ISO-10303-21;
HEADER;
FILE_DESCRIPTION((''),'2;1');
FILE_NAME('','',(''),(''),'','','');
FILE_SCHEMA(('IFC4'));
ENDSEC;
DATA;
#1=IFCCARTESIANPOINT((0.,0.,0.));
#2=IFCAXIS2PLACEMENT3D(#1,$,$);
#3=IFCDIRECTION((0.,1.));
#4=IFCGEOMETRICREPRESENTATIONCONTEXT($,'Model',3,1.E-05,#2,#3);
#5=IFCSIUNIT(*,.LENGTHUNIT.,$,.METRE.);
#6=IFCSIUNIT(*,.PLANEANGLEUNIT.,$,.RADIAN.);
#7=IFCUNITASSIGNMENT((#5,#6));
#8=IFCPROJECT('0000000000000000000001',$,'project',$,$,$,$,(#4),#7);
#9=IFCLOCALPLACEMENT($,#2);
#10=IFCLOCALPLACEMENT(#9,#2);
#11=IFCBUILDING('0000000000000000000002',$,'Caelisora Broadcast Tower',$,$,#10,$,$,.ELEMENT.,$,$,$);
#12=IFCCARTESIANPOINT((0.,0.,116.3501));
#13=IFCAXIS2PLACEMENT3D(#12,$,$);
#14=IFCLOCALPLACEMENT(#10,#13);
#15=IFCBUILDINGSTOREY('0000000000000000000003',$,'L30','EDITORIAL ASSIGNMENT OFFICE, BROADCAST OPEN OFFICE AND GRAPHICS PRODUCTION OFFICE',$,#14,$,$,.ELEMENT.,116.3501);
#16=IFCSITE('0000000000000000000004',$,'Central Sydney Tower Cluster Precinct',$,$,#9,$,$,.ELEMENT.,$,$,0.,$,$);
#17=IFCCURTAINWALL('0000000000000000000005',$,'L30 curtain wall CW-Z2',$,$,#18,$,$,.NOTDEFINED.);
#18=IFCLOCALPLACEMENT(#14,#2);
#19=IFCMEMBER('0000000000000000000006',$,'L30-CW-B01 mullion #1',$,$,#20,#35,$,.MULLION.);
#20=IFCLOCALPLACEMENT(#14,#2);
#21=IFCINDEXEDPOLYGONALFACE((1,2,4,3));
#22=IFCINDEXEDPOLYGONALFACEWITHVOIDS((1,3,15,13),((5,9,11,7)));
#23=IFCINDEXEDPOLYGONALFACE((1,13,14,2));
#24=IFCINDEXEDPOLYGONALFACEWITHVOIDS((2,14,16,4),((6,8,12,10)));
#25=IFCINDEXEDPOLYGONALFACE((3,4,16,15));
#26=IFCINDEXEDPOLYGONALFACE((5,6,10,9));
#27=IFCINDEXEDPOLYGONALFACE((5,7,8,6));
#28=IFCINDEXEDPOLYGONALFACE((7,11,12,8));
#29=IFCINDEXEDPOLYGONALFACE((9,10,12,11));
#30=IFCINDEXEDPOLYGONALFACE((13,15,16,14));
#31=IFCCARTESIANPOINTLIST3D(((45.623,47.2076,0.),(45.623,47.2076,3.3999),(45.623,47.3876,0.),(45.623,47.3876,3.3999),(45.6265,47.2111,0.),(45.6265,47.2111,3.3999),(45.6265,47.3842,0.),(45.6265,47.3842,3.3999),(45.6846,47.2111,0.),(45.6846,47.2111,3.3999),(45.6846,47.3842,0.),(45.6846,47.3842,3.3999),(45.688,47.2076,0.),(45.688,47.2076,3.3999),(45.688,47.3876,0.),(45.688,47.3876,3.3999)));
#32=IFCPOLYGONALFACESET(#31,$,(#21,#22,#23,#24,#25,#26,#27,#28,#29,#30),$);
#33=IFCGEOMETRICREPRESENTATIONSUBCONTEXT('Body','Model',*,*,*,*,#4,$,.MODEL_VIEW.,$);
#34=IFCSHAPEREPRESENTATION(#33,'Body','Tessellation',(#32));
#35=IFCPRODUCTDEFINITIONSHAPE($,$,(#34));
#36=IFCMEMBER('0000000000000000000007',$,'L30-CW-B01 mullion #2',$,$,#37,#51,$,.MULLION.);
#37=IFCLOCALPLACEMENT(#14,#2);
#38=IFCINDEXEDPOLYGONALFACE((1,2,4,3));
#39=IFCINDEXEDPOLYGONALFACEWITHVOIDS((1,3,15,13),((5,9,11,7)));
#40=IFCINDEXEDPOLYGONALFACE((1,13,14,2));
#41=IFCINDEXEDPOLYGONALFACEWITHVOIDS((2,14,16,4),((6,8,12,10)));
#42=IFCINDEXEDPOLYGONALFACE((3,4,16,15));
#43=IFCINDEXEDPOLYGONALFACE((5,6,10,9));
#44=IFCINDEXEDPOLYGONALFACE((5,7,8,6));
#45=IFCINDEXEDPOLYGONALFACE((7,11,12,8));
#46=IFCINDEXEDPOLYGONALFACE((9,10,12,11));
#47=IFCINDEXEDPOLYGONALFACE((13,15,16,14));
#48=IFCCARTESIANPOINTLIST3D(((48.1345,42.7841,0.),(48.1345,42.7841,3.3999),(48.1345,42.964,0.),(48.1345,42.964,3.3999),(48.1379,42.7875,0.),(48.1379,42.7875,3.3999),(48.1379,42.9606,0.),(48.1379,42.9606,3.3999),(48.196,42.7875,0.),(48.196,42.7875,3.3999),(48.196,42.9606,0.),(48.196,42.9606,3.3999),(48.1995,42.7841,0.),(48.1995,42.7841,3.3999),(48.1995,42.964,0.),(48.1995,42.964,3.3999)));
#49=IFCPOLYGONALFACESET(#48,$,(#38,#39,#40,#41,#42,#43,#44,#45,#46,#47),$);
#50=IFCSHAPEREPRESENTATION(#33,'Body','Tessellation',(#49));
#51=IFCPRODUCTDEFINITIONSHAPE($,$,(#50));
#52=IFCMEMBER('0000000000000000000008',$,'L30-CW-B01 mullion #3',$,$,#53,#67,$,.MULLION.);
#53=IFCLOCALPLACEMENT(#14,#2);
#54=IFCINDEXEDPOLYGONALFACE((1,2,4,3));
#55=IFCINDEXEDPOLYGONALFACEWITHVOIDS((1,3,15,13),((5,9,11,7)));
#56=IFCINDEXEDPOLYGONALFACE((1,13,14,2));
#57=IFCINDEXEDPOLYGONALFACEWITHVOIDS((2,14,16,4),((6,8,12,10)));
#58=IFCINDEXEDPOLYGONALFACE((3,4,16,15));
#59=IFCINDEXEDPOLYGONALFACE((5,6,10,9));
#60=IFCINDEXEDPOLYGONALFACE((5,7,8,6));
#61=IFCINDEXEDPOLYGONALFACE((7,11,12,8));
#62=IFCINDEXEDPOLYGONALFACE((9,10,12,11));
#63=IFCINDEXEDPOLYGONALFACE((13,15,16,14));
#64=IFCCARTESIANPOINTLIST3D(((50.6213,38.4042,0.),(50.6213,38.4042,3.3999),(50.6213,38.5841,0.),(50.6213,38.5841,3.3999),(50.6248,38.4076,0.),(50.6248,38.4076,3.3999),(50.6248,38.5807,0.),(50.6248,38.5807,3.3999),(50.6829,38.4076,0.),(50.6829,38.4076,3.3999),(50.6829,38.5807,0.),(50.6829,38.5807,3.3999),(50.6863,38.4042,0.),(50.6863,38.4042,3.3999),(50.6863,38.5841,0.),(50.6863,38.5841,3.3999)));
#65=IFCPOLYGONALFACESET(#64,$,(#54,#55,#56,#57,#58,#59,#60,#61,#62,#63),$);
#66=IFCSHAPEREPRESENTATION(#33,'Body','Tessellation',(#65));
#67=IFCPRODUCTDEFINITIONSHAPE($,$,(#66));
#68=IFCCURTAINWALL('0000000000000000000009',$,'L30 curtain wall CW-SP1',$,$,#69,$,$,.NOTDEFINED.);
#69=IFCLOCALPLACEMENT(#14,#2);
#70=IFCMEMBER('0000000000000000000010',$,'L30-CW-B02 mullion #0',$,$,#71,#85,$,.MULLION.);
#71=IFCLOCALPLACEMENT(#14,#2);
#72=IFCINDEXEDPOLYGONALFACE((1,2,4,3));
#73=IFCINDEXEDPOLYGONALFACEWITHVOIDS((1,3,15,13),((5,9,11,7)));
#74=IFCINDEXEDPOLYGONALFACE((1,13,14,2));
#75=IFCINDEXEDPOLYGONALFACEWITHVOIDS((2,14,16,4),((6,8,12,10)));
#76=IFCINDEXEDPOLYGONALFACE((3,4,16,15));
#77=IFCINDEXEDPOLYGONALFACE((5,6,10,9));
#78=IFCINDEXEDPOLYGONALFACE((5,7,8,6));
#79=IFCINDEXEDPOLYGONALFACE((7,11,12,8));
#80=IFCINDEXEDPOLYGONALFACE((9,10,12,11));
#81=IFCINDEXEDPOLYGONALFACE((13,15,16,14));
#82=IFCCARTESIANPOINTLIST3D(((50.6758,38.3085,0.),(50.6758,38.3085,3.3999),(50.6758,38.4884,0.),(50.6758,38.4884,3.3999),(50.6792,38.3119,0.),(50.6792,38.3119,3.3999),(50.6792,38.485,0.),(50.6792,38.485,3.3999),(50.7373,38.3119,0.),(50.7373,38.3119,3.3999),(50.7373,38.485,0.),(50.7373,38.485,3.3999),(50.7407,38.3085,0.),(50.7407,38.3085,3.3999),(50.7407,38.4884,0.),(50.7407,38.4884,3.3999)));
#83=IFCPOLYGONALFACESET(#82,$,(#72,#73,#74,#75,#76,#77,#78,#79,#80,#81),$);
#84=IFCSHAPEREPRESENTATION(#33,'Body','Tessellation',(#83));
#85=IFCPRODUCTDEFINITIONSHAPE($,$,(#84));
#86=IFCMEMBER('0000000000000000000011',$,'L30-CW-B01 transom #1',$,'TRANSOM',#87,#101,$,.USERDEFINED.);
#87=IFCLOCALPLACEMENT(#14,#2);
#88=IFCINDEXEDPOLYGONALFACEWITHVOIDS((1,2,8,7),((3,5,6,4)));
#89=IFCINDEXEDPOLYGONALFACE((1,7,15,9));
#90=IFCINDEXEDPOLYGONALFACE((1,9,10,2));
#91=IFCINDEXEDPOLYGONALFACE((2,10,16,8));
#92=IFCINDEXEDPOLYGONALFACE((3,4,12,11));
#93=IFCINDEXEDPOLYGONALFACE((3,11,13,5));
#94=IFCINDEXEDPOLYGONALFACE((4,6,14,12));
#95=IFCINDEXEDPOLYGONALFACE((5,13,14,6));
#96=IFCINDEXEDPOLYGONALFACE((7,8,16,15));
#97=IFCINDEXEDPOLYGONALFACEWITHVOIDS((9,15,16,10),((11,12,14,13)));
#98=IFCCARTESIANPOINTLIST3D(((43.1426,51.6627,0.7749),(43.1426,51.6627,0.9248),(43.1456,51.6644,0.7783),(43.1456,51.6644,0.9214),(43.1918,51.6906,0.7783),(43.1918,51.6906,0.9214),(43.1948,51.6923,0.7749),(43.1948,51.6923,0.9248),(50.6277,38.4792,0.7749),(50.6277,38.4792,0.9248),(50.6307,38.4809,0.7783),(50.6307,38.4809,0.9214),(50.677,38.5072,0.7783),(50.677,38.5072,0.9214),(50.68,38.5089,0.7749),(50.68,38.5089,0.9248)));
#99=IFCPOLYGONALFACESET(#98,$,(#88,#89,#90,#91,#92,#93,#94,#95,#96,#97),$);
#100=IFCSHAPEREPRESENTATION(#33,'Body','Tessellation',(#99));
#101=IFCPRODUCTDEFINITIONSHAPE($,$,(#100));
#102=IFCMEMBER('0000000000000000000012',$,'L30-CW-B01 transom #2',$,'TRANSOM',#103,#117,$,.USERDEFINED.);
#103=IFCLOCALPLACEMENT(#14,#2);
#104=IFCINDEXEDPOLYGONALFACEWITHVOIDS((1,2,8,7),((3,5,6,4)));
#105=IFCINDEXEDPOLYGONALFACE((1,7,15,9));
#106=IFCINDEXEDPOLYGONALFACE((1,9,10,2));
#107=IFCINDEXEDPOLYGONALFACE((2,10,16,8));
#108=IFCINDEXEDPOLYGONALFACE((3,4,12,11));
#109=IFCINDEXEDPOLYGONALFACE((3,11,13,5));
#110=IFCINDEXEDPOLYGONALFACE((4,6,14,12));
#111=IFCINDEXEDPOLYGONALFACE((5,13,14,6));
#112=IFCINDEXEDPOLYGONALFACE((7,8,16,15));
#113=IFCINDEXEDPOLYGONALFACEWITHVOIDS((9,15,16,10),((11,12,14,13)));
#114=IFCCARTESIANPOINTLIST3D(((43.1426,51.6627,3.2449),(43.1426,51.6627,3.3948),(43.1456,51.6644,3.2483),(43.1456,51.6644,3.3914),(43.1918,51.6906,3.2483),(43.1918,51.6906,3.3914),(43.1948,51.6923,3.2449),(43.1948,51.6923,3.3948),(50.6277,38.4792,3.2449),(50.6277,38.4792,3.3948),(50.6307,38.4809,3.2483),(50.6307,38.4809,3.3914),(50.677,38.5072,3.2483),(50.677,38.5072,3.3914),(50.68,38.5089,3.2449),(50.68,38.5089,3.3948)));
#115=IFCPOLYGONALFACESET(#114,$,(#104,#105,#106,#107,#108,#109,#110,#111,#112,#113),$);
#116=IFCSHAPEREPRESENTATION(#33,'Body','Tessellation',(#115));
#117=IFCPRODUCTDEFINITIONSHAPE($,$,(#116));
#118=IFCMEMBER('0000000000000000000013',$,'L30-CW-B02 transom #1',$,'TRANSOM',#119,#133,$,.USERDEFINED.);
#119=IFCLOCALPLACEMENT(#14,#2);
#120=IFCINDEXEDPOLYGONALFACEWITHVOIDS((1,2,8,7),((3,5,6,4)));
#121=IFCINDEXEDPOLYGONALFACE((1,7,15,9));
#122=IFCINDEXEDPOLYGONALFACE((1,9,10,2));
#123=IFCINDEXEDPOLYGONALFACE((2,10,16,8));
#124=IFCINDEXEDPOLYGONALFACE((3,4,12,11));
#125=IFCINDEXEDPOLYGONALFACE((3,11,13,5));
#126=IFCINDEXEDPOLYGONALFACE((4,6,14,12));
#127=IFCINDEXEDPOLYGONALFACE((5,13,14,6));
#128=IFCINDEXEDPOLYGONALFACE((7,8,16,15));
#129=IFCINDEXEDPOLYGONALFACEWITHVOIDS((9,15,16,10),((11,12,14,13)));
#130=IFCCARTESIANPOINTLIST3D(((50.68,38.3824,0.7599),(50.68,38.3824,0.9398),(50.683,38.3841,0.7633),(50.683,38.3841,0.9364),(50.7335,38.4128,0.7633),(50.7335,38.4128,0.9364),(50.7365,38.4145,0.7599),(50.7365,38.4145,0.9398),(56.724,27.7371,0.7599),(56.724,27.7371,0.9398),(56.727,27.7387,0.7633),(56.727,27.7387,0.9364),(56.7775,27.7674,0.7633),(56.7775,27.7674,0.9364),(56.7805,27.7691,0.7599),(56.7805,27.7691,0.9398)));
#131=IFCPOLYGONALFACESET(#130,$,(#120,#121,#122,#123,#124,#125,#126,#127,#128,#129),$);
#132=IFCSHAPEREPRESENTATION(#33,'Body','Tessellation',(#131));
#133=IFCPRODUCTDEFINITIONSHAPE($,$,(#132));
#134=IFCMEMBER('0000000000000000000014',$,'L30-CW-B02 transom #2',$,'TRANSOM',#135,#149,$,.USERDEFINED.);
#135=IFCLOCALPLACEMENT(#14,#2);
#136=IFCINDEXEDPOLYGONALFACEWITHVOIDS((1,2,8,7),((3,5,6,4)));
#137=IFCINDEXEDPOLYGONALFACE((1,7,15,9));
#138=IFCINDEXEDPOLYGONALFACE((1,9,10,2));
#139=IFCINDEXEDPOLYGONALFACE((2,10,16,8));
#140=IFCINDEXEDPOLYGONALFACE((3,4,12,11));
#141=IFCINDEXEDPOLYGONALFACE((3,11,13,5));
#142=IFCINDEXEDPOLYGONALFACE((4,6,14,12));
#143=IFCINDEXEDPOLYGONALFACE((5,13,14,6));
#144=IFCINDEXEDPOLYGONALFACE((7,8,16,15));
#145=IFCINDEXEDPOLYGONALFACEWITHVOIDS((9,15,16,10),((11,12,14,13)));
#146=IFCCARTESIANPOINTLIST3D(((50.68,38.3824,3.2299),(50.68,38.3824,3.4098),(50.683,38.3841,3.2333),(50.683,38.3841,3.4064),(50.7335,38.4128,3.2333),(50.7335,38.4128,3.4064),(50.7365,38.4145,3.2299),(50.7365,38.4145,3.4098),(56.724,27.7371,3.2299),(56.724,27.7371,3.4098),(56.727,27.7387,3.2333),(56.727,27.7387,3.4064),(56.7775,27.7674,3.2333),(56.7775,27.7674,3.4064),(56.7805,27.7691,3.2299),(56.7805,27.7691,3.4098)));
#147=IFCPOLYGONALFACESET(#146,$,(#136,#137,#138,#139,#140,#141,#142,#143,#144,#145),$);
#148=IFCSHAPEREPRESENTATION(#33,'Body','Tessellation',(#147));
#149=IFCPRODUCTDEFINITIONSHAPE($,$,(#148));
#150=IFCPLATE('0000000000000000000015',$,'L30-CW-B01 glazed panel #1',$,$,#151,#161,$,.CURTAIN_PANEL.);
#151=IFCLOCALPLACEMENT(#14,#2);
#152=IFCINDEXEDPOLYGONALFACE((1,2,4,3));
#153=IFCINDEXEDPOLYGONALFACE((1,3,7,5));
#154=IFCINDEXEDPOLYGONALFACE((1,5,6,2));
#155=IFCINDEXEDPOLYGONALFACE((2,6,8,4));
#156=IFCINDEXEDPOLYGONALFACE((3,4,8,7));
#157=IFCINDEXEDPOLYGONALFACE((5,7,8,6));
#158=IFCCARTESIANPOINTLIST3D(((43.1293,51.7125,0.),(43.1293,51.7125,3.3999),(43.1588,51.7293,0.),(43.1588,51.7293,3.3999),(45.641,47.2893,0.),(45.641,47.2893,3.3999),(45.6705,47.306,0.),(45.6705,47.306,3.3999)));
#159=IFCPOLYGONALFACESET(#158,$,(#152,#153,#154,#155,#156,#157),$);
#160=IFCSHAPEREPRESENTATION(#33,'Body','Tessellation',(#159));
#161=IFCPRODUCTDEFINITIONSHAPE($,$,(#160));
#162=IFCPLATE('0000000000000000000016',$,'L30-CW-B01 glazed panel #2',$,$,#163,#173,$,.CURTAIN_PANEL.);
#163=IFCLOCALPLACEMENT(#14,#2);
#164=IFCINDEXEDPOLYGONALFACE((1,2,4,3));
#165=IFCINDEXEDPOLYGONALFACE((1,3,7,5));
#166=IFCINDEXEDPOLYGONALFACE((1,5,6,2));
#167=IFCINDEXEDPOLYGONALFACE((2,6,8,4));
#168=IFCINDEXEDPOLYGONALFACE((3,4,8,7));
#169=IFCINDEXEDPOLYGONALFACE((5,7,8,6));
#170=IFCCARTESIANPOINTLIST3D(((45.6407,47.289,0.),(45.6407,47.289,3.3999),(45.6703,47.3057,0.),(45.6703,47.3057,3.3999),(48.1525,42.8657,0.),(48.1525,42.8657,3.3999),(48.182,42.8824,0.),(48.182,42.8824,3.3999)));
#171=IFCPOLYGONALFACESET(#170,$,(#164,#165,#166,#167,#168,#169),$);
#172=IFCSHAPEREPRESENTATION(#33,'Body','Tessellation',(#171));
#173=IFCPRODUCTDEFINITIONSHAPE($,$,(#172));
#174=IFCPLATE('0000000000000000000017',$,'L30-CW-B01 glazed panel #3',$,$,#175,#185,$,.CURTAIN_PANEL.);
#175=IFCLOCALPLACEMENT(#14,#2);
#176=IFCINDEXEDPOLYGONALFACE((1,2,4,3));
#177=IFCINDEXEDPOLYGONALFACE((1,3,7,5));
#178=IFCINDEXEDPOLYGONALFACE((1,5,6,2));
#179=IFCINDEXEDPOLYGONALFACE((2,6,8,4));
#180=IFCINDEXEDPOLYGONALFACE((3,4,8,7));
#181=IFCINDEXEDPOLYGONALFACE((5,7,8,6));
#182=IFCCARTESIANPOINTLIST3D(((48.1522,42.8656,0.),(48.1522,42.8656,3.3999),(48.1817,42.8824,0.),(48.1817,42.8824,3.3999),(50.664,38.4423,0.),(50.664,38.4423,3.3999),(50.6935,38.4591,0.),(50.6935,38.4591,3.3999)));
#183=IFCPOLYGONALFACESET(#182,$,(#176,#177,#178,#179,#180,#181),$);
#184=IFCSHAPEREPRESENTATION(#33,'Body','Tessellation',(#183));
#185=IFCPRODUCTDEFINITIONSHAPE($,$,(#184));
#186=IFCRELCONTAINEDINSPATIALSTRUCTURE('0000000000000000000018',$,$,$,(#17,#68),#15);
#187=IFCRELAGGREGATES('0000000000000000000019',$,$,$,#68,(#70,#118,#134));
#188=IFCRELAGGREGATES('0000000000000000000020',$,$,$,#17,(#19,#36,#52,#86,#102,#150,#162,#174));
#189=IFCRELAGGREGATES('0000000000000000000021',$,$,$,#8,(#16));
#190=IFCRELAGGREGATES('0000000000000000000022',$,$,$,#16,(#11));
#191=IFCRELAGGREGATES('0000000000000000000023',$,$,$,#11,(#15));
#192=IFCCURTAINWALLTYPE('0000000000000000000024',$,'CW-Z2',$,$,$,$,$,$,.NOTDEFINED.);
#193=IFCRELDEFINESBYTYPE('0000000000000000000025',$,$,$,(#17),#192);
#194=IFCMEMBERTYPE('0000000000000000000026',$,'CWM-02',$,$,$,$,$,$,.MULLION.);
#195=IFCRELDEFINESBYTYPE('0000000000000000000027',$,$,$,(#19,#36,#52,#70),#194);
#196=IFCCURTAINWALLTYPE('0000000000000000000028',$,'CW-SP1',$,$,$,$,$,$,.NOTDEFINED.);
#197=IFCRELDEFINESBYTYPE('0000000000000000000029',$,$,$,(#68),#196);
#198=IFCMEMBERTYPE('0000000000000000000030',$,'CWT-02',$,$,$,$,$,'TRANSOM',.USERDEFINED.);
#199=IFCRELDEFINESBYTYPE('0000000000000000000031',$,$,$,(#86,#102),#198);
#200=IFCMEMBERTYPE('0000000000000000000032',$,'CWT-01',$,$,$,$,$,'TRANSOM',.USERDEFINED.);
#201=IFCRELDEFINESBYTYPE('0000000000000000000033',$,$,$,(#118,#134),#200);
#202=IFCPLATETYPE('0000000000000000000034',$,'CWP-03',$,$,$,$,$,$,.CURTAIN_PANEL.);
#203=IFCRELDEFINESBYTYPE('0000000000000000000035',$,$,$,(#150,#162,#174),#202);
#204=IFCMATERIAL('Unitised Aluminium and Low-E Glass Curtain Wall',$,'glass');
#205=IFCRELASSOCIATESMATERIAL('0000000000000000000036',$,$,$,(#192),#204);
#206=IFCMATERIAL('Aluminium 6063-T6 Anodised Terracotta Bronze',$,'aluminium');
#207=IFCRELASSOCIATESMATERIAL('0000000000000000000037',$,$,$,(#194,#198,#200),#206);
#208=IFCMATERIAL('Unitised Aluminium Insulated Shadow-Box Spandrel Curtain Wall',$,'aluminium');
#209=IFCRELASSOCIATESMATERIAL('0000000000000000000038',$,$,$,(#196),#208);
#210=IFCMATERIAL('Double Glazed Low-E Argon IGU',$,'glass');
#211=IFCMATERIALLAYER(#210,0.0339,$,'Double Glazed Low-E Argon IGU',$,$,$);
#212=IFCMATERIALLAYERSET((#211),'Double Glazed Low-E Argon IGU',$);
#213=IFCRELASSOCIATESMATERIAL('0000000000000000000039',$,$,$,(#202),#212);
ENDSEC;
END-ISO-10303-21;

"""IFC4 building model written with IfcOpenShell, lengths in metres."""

from ifc_helpers import new_model, si_unit, direction, frame, origin, origin_2d, place, context, subcontext, project, spatial, rectangle, hollow_rectangle, extrude, source, transform, mapped, material, layer, layer_set, material_profile, profile_set, type_object, type_shapes, element, aggregate, save


model = new_model("IFC4")

# Units and contexts
model_context = context("Model", 3, precision=1e-05, world=origin(), true_north=direction((0.0, 1.0)))
body_context = subcontext(model_context, "Body", "Model", "MODEL_VIEW")
ifc_project = project(units=[si_unit("LENGTHUNIT", "METRE"), si_unit("PLANEANGLEUNIT", "RADIAN")], contexts=[model_context])

# Site, building, storey
site_placement = place(None, origin())
site = spatial("IfcSite", under=ifc_project, at=site_placement, Name="Central Sydney Tower Cluster Precinct", CompositionType="ELEMENT", RefElevation=0.0)
building_placement = place(site_placement, origin())
building = spatial("IfcBuilding", under=site, at=building_placement, Name="Caelisora Broadcast Tower", CompositionType="ELEMENT")
storey_placement = place(building_placement, frame((0.0, 0.0, 116.3501)))
storey = spatial("IfcBuildingStorey", under=building, at=storey_placement, Name="L30", Description="EDITORIAL ASSIGNMENT OFFICE, BROADCAST OPEN OFFICE AND GRAPHICS PRODUCTION OFFICE", CompositionType="ELEMENT", Elevation=116.3501)

# Curtain wall, members
ifc_material_1 = material(Name="Unitised Aluminium and Low-E Glass Curtain Wall", Category="glass")
curtain_wall_type_1 = type_object("IfcCurtainWallType", Name="CW-Z2", PredefinedType="NOTDEFINED", material=ifc_material_1)
curtain_wall_1_placement = place(storey_placement, origin())
curtain_wall_1 = element("IfcCurtainWall", 1, at=curtain_wall_1_placement, inside=storey, type_object=curtain_wall_type_1, Name="L30 curtain wall CW-Z2", PredefinedType="NOTDEFINED")
ifc_material_2 = material(Name="Aluminium 6063-T6 Anodised Terracotta Bronze", Category="aluminium")
ifc_material_profile_1 = material_profile(ifc_material_2, hollow_rectangle(XDim=0.0649, YDim=0.1799, WallThickness=0.0034, at=origin_2d()), Name="Aluminium 6063-T6 Anodised Terracotta Bronze")
ifc_profile_set_1 = profile_set([ifc_material_profile_1], Name="Aluminium 6063-T6 Anodised Terracotta Bronze")
member_type_1 = type_object("IfcMemberType", Name="CWM-02", PredefinedType="MULLION", material=ifc_profile_set_1)
shared_shape_1 = source(origin(), body_context, "Body", "SweptSolid", [
    extrude(hollow_rectangle(XDim=0.0649, YDim=0.1799, WallThickness=0.0034, at=origin_2d()), origin(), (0.0, 0.0, 1.0), 3.3999),
])
type_shapes(member_type_1, [shared_shape_1])
member_1_placement = place(storey_placement, frame((45.6555, 47.2976, 0.0), z_axis=(0.0, 0.0, 1.0), x_axis=(1.0, 0.0, 0.0)))
member_1 = element("IfcMember", 2, at=member_1_placement, type_object=member_type_1, Name="L30-CW-B01 mullion #1", PredefinedType="MULLION", context=body_context, shape_type="MappedRepresentation", body=[
    mapped(shared_shape_1, transform((0.0, 0.0, 0.0), scale=1.0)),
])
member_2_placement = place(storey_placement, frame((48.167, 42.874, 0.0), z_axis=(0.0, 0.0, 1.0), x_axis=(1.0, 0.0, 0.0)))
member_2 = element("IfcMember", 3, at=member_2_placement, type_object=member_type_1, Name="L30-CW-B01 mullion #2", PredefinedType="MULLION", context=body_context, shape_type="MappedRepresentation", body=[
    mapped(shared_shape_1, transform((0.0, 0.0, 0.0), scale=1.0)),
])
member_3_placement = place(storey_placement, frame((50.6538, 38.4941, 0.0), z_axis=(0.0, 0.0, 1.0), x_axis=(1.0, 0.0, 0.0)))
member_3 = element("IfcMember", 4, at=member_3_placement, type_object=member_type_1, Name="L30-CW-B01 mullion #3", PredefinedType="MULLION", context=body_context, shape_type="MappedRepresentation", body=[
    mapped(shared_shape_1, transform((0.0, 0.0, 0.0), scale=1.0)),
])

# Curtain wall, member
ifc_material_3 = material(Name="Unitised Aluminium Insulated Shadow-Box Spandrel Curtain Wall", Category="aluminium")
curtain_wall_type_2 = type_object("IfcCurtainWallType", Name="CW-SP1", PredefinedType="NOTDEFINED", material=ifc_material_3)
curtain_wall_2_placement = place(storey_placement, origin())
curtain_wall_2 = element("IfcCurtainWall", 5, at=curtain_wall_2_placement, inside=storey, type_object=curtain_wall_type_2, Name="L30 curtain wall CW-SP1", PredefinedType="NOTDEFINED")
member_4_placement = place(storey_placement, frame((50.7083, 38.3984, 0.0), z_axis=(0.0, 0.0, 1.0), x_axis=(1.0, 0.0, 0.0)))
member_4 = element("IfcMember", 6, at=member_4_placement, type_object=member_type_1, Name="L30-CW-B02 mullion #0", PredefinedType="MULLION", context=body_context, shape_type="MappedRepresentation", body=[
    mapped(shared_shape_1, transform((0.0, 0.0, 0.0), scale=1.0)),
])

# Members
ifc_material_profile_2 = material_profile(ifc_material_2, hollow_rectangle(XDim=0.0601, YDim=0.1499, WallThickness=0.0034, at=origin_2d()), Name="Aluminium 6063-T6 Anodised Terracotta Bronze")
ifc_profile_set_2 = profile_set([ifc_material_profile_2], Name="Aluminium 6063-T6 Anodised Terracotta Bronze")
member_type_2 = type_object("IfcMemberType", Name="CWT-02", ElementType="TRANSOM", PredefinedType="USERDEFINED", material=ifc_profile_set_2)
shared_shape_2 = source(origin(), body_context, "Body", "SweptSolid", [
    extrude(hollow_rectangle(XDim=0.0601, YDim=0.1499, WallThickness=0.0034, at=origin_2d()), origin(), (0.0, 0.0, 1.0), 15.1602),
])
type_shapes(member_type_2, [shared_shape_2])
member_5_placement = place(storey_placement, frame((43.1687, 51.6775, 0.8499), z_axis=(0.493739, -0.86961, 0.0), x_axis=(0.86961, 0.493739, 0.0)))
member_5 = element("IfcMember", 7, at=member_5_placement, type_object=member_type_2, Name="L30-CW-B01 transom #1", ObjectType="TRANSOM", PredefinedType="USERDEFINED", context=body_context, shape_type="MappedRepresentation", body=[
    mapped(shared_shape_2, transform((0.0, 0.0, 0.0), scale=1.0)),
])
member_6_placement = place(storey_placement, frame((43.1687, 51.6775, 3.3198), z_axis=(0.493739, -0.86961, 0.0), x_axis=(0.86961, 0.493739, 0.0)))
member_6 = element("IfcMember", 8, at=member_6_placement, type_object=member_type_2, Name="L30-CW-B01 transom #2", ObjectType="TRANSOM", PredefinedType="USERDEFINED", context=body_context, shape_type="MappedRepresentation", body=[
    mapped(shared_shape_2, transform((0.0, 0.0, 0.0), scale=1.0)),
])
ifc_material_profile_3 = material_profile(ifc_material_2, hollow_rectangle(XDim=0.0649, YDim=0.1799, WallThickness=0.0034, at=origin_2d()), Name="Aluminium 6063-T6 Anodised Terracotta Bronze")
ifc_profile_set_3 = profile_set([ifc_material_profile_3], Name="Aluminium 6063-T6 Anodised Terracotta Bronze")
member_type_3 = type_object("IfcMemberType", Name="CWT-01", ElementType="TRANSOM", PredefinedType="USERDEFINED", material=ifc_profile_set_3)
shared_shape_3 = source(origin(), body_context, "Body", "SweptSolid", [
    extrude(hollow_rectangle(XDim=0.0649, YDim=0.1799, WallThickness=0.0034, at=origin_2d()), origin(), (0.0, 0.0, 1.0), 12.2415),
])
type_shapes(member_type_3, [shared_shape_3])
member_7_placement = place(storey_placement, frame((50.7083, 38.3984, 0.8499), z_axis=(0.493731, -0.869614, 0.0), x_axis=(0.869614, 0.493731, 0.0)))
member_7 = element("IfcMember", 9, at=member_7_placement, type_object=member_type_3, Name="L30-CW-B02 transom #1", ObjectType="TRANSOM", PredefinedType="USERDEFINED", context=body_context, shape_type="MappedRepresentation", body=[
    mapped(shared_shape_3, transform((0.0, 0.0, 0.0), scale=1.0)),
])
member_8_placement = place(storey_placement, frame((50.7083, 38.3984, 3.3198), z_axis=(0.493731, -0.869614, 0.0), x_axis=(0.869614, 0.493731, 0.0)))
member_8 = element("IfcMember", 10, at=member_8_placement, type_object=member_type_3, Name="L30-CW-B02 transom #2", ObjectType="TRANSOM", PredefinedType="USERDEFINED", context=body_context, shape_type="MappedRepresentation", body=[
    mapped(shared_shape_3, transform((0.0, 0.0, 0.0), scale=1.0)),
])
aggregate(curtain_wall_2, [member_4, member_7, member_8])

# Plates
ifc_material_4 = material(Name="Double Glazed Low-E Argon IGU", Category="glass")
ifc_layer_1 = layer(ifc_material_4, 0.0339, Name="Double Glazed Low-E Argon IGU")
ifc_layer_set_1 = layer_set([ifc_layer_1], Name="Double Glazed Low-E Argon IGU")
plate_type = type_object("IfcPlateType", Name="CWP-03", PredefinedType="CURTAIN_PANEL", material=ifc_layer_set_1)
shared_shape_4 = source(origin(), body_context, "Body", "SweptSolid", [
    extrude(rectangle(XDim=5.0867, YDim=0.0339, at=origin_2d()), origin(), (0.0, 0.0, 1.0), 3.3999),
])
type_shapes(plate_type, [shared_shape_4])
plate_1_placement = place(storey_placement, frame((44.3999, 49.5093, 0.0), z_axis=(0.0, 0.0, 1.0), x_axis=(0.49379, -0.869581, 0.0)))
plate_1 = element("IfcPlate", 11, at=plate_1_placement, type_object=plate_type, Name="L30-CW-B01 glazed panel #1", PredefinedType="CURTAIN_PANEL", context=body_context, shape_type="MappedRepresentation", body=[
    mapped(shared_shape_4, transform((0.0, 0.0, 0.0), scale=1.0)),
])
plate_2_placement = place(storey_placement, frame((46.9114, 45.0857, 0.0), z_axis=(0.0, 0.0, 1.0), x_axis=(0.49379, -0.869581, 0.0)))
plate_2 = element("IfcPlate", 12, at=plate_2_placement, type_object=plate_type, Name="L30-CW-B01 glazed panel #2", PredefinedType="CURTAIN_PANEL", context=body_context, shape_type="MappedRepresentation", body=[
    mapped(shared_shape_4, transform((0.0, 0.0, 0.0), scale=1.0)),
])
plate_3_placement = place(storey_placement, frame((49.4229, 40.6624, 0.0), z_axis=(0.0, 0.0, 1.0), x_axis=(0.49379, -0.869581, 0.0)))
plate_3 = element("IfcPlate", 13, at=plate_3_placement, type_object=plate_type, Name="L30-CW-B01 glazed panel #3", PredefinedType="CURTAIN_PANEL", context=body_context, shape_type="MappedRepresentation", body=[
    mapped(shared_shape_4, transform((0.0, 0.0, 0.0), scale=1.0)),
])
aggregate(curtain_wall_1, [member_1, member_2, member_3, member_5, member_6, plate_1, plate_2, plate_3])

save(model, "model.ifc")
